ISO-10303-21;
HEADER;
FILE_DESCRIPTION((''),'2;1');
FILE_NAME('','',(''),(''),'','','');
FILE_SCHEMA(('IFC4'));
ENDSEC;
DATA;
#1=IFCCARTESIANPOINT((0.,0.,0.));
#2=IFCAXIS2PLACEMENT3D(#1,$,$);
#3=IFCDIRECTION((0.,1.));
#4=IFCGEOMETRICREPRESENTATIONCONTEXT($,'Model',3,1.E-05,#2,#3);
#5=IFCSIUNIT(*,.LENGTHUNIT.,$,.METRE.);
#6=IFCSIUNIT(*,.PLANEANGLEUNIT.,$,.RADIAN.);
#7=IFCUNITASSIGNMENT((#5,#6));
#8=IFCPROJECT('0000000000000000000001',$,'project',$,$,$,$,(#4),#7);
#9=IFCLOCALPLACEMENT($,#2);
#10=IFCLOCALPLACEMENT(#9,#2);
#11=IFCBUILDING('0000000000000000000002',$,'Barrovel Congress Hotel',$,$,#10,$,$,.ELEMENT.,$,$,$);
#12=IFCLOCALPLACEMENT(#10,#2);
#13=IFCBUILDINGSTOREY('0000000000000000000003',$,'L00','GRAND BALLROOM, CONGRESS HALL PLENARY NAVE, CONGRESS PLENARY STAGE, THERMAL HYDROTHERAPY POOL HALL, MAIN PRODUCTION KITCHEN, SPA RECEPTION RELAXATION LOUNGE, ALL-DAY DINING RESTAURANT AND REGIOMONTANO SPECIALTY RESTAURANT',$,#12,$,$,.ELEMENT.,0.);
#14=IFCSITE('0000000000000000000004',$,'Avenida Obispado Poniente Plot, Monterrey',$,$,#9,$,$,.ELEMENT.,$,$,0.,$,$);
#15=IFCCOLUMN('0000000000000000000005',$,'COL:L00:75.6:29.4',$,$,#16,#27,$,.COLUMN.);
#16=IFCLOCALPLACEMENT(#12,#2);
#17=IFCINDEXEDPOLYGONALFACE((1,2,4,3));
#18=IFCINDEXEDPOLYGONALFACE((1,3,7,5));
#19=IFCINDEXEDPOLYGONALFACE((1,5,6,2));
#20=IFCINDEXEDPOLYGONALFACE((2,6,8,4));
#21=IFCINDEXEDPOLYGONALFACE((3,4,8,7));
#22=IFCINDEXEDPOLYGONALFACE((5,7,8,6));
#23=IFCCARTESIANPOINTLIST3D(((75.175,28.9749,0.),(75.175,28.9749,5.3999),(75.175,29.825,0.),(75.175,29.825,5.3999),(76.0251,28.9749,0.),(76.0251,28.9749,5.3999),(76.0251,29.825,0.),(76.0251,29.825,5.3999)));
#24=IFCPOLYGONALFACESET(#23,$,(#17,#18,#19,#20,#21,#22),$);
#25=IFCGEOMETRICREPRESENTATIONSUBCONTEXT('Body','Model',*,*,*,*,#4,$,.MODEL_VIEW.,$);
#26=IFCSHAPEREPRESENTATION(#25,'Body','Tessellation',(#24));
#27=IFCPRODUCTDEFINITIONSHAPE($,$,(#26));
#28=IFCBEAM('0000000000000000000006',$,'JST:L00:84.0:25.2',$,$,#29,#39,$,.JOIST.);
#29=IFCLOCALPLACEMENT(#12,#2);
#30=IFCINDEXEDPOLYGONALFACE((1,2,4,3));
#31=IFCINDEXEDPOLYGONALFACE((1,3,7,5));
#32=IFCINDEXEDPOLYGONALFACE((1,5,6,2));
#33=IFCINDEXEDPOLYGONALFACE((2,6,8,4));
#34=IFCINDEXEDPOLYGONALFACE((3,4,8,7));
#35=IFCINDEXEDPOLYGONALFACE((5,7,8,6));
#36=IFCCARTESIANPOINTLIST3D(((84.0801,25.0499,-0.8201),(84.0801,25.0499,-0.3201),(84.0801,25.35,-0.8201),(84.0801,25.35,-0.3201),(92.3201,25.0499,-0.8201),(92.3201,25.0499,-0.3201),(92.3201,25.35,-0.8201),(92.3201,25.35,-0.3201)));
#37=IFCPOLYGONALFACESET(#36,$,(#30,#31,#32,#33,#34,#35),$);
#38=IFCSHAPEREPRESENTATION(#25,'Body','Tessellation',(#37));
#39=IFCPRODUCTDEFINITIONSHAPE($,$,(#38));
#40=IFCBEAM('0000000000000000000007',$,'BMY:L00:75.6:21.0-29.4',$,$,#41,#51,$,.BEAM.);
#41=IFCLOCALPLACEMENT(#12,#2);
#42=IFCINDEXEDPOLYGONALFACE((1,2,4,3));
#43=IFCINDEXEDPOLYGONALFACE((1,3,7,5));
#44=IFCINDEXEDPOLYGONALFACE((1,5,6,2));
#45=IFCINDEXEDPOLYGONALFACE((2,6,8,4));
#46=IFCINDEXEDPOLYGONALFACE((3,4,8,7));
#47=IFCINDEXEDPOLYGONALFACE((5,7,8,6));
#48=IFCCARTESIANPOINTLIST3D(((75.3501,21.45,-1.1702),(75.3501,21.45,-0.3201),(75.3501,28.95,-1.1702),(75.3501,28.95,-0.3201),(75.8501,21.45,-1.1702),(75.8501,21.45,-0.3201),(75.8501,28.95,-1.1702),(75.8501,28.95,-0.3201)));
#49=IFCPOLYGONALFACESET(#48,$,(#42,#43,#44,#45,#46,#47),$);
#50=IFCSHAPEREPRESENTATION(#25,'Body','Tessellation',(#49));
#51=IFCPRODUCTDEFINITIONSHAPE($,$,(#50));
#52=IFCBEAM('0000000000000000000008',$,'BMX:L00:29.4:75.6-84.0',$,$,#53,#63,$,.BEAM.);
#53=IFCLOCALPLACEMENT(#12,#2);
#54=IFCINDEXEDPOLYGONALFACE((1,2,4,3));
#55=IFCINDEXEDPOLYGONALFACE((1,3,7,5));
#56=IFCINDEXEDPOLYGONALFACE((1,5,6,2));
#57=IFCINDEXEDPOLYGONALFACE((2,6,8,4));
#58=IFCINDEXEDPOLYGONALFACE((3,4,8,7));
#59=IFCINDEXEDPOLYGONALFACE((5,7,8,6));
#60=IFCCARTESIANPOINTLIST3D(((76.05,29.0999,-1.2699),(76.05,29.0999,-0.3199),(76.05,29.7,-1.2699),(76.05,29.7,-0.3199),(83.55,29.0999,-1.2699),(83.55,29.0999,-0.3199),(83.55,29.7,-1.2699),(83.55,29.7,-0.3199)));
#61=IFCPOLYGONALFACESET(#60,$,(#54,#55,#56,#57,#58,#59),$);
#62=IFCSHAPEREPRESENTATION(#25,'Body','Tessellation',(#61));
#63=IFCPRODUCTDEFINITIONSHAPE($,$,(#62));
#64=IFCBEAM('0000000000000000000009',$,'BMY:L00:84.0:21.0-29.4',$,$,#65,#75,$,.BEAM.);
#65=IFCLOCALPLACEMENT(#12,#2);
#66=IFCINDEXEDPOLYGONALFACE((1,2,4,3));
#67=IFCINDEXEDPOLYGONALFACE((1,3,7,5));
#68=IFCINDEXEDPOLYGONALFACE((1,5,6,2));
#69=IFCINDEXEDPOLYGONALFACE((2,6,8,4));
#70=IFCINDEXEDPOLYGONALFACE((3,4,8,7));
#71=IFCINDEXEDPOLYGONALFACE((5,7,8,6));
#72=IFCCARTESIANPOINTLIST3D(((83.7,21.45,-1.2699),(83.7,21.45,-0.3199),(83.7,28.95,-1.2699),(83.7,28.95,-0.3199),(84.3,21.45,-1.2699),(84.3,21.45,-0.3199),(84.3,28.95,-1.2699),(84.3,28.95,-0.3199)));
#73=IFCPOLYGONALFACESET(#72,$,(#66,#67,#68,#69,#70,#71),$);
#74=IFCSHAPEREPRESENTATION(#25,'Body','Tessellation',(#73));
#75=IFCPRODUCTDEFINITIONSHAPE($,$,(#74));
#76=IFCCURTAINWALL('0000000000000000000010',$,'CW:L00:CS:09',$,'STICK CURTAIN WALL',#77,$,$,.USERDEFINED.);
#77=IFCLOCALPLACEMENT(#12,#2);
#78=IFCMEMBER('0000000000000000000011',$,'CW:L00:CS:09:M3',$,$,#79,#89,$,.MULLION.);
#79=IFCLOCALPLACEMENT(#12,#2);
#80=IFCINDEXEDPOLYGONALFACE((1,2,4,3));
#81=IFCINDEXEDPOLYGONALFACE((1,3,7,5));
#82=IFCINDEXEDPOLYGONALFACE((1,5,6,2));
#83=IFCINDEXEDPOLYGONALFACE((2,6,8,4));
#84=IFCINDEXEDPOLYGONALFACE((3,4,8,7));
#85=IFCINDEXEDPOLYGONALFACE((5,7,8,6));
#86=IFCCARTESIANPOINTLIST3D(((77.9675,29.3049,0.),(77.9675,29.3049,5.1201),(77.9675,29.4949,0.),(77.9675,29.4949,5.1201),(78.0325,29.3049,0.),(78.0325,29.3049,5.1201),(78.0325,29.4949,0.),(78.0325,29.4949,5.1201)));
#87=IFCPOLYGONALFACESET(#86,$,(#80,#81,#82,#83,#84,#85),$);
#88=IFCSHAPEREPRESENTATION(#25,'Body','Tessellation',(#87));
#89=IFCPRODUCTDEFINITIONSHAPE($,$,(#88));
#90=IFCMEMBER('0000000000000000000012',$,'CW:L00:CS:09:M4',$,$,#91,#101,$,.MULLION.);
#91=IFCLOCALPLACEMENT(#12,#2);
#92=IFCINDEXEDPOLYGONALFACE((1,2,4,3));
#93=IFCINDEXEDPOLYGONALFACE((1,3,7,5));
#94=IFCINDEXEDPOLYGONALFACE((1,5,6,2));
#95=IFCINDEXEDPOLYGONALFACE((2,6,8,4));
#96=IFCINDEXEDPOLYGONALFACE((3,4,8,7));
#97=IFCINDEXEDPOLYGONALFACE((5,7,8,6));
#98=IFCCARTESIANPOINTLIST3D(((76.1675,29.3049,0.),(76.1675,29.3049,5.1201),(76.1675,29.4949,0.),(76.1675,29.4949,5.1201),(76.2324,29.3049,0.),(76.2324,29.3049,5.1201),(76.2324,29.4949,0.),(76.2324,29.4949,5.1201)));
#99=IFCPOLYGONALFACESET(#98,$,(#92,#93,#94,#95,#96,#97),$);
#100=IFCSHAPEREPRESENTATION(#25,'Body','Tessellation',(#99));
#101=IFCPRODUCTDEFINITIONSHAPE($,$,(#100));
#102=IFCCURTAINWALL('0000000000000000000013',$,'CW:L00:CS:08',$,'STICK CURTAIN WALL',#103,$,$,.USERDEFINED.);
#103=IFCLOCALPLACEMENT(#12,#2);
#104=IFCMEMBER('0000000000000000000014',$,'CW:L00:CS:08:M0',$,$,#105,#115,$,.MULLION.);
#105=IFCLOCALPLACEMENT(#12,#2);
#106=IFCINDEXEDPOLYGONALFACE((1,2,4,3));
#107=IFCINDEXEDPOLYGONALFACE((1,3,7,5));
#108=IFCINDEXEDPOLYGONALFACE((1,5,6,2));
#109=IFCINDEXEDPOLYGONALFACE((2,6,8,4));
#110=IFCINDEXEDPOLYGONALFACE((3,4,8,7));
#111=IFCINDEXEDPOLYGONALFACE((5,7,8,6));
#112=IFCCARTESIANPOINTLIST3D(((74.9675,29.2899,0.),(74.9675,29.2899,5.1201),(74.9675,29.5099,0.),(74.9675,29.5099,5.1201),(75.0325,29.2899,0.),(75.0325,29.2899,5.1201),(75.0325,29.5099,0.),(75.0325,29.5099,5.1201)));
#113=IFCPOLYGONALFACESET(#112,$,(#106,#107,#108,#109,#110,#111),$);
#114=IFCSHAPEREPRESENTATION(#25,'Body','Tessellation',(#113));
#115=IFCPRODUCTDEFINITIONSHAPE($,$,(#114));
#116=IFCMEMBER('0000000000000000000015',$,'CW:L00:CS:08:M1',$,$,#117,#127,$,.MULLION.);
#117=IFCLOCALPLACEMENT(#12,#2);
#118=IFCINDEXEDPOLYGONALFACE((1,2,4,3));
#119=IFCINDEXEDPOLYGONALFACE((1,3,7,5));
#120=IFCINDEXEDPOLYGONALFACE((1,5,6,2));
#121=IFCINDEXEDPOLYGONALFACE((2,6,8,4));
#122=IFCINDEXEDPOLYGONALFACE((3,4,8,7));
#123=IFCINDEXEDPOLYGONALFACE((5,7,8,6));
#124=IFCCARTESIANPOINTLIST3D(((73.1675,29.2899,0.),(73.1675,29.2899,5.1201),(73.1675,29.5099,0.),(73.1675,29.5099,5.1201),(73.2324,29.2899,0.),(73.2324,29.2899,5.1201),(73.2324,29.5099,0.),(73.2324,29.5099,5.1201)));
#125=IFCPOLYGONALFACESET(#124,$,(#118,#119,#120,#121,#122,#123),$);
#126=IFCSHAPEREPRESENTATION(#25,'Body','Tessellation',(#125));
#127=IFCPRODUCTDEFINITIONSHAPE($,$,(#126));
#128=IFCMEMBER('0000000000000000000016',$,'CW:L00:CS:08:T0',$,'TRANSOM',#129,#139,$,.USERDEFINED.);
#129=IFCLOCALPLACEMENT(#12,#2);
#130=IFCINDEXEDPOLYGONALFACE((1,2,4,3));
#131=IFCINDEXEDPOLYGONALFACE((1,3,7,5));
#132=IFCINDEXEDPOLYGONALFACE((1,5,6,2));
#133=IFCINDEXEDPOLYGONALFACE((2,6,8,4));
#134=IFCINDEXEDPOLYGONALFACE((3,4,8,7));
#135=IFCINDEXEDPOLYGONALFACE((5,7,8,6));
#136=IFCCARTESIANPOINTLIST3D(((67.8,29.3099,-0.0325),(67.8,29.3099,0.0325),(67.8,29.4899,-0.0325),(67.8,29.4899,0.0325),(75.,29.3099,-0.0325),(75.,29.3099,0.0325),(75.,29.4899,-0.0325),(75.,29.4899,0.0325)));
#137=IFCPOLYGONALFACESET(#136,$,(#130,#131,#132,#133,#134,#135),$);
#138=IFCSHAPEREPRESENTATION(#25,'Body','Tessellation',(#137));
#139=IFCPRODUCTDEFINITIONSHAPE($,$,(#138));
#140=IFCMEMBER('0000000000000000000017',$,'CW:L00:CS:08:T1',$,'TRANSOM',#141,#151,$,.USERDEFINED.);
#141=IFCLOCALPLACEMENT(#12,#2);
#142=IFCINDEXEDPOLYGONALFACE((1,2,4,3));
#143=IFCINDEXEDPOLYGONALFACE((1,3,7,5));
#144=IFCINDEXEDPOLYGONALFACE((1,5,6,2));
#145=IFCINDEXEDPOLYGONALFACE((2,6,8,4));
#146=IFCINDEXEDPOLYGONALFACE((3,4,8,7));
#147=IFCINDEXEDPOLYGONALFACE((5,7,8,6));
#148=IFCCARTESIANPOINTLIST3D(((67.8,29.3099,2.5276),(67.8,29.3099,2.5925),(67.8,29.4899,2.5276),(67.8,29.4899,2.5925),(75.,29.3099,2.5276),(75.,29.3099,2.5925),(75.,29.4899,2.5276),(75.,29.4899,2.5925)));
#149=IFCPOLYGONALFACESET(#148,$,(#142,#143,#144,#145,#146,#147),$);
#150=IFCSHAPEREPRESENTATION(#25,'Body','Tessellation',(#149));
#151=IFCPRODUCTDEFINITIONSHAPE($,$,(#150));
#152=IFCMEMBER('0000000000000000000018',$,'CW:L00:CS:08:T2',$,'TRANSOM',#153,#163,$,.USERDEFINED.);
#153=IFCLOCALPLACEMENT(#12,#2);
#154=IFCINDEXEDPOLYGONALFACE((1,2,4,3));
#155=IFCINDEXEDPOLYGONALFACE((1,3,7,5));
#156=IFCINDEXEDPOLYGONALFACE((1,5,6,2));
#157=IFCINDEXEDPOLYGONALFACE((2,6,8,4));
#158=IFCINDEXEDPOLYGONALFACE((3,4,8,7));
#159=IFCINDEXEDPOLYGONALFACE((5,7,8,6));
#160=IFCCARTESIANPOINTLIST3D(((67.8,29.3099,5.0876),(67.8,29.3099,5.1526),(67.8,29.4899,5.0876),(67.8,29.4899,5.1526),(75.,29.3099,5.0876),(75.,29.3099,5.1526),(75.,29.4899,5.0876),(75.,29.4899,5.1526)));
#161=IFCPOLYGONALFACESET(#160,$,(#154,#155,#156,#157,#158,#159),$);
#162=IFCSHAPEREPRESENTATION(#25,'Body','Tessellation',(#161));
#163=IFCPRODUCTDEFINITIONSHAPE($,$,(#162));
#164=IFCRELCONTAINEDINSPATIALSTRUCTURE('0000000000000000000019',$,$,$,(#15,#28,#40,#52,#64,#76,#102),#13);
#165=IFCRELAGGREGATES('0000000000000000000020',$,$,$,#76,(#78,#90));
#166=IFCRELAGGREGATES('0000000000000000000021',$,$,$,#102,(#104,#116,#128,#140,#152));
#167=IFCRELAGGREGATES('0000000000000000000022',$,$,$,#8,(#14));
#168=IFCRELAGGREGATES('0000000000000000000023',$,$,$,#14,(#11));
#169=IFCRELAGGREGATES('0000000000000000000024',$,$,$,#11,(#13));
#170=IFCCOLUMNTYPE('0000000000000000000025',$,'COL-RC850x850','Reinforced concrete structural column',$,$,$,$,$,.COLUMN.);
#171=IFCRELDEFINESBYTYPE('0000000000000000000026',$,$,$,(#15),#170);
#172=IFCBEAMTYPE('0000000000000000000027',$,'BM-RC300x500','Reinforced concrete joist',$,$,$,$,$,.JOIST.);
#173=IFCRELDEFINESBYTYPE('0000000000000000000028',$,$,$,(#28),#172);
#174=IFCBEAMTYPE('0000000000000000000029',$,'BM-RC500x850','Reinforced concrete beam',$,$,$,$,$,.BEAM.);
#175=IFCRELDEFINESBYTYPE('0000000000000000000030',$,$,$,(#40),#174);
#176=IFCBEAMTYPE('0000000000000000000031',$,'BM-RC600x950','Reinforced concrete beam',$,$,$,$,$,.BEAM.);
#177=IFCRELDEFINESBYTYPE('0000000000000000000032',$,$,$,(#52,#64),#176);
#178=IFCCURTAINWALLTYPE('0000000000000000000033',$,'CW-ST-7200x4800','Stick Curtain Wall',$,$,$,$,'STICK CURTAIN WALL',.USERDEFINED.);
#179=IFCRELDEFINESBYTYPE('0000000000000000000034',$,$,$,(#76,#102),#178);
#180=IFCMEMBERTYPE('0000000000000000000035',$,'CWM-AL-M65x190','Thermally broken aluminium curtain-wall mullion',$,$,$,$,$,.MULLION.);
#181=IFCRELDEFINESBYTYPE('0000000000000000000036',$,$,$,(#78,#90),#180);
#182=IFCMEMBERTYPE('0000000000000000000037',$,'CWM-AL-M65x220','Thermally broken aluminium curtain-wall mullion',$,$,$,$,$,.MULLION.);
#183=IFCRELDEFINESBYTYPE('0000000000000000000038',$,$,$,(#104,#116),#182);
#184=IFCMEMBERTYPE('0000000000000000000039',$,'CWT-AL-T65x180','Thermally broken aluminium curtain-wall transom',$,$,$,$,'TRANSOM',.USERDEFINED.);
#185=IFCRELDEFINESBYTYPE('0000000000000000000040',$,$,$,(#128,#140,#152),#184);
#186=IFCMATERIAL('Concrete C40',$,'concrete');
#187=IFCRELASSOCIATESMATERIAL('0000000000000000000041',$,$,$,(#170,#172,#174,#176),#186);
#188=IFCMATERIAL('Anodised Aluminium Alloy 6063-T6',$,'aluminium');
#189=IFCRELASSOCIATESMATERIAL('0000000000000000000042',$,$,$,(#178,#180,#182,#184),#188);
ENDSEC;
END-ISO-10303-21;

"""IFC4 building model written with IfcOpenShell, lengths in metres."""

from ifc_helpers import new_model, si_unit, direction, frame, origin, origin_2d, place, context, subcontext, project, spatial, rectangle, extrude, material, material_profile, profile_set, type_object, element, aggregate, save


model = new_model("IFC4")

# Units and contexts
model_context = context("Model", 3, precision=1e-05, world=origin(), true_north=direction((0.0, 1.0)))
body_context = subcontext(model_context, "Body", "Model", "MODEL_VIEW")
ifc_project = project(units=[si_unit("LENGTHUNIT", "METRE"), si_unit("PLANEANGLEUNIT", "RADIAN")], contexts=[model_context])

# Site, building, storey
site_placement = place(None, origin())
site = spatial("IfcSite", under=ifc_project, at=site_placement, Name="Avenida Obispado Poniente Plot, Monterrey", CompositionType="ELEMENT", RefElevation=0.0)
building_placement = place(site_placement, origin())
building = spatial("IfcBuilding", under=site, at=building_placement, Name="Barrovel Congress Hotel", CompositionType="ELEMENT")
storey_placement = place(building_placement, origin())
storey = spatial("IfcBuildingStorey", under=building, at=storey_placement, Name="L00", Description="GRAND BALLROOM, CONGRESS HALL PLENARY NAVE, CONGRESS PLENARY STAGE, THERMAL HYDROTHERAPY POOL HALL, MAIN PRODUCTION KITCHEN, SPA RECEPTION RELAXATION LOUNGE, ALL-DAY DINING RESTAURANT AND REGIOMONTANO SPECIALTY RESTAURANT", CompositionType="ELEMENT", Elevation=0.0)

# Column
ifc_material_1 = material(Name="Concrete C40", Category="concrete")
ifc_material_profile_1 = material_profile(ifc_material_1, rectangle(XDim=0.8501, YDim=0.8501, at=origin_2d()), Name="RC850x850")
ifc_profile_set_1 = profile_set([ifc_material_profile_1], Name="Concrete C40")
column_type = type_object("IfcColumnType", Name="COL-RC850x850", Description="Reinforced concrete structural column", PredefinedType="COLUMN", material=ifc_profile_set_1)
column_placement = place(storey_placement, frame((75.6001, 29.3999, 0.0), z_axis=(0.0, 0.0, 1.0), x_axis=(1.0, 0.0, 0.0)))
element("IfcColumn", 1, at=column_placement, inside=storey, type_object=column_type, Name="COL:L00:75.6:29.4", PredefinedType="COLUMN", context=body_context, shape_type="SweptSolid", body=[
    extrude(rectangle(XDim=0.8501, YDim=0.8501, at=origin_2d()), origin(), (0.0, 0.0, 1.0), 5.3999),
])

# Beams
ifc_material_profile_2 = material_profile(ifc_material_1, rectangle(XDim=0.3, YDim=0.5, at=origin_2d()), Name="RC300x500")
ifc_profile_set_2 = profile_set([ifc_material_profile_2], Name="Concrete C40")
beam_type_1 = type_object("IfcBeamType", Name="BM-RC300x500", Description="Reinforced concrete joist", PredefinedType="JOIST", material=ifc_profile_set_2)
beam_1_placement = place(storey_placement, frame((84.0801, 25.2, -0.5701), z_axis=(1.0, 0.0, 0.0), x_axis=(0.0, 1.0, 0.0)))
element("IfcBeam", 2, at=beam_1_placement, inside=storey, type_object=beam_type_1, Name="JST:L00:84.0:25.2", PredefinedType="JOIST", context=body_context, shape_type="SweptSolid", body=[
    extrude(rectangle(XDim=0.3, YDim=0.5, at=origin_2d()), origin(), (0.0, 0.0, 1.0), 8.24),
])
ifc_material_profile_3 = material_profile(ifc_material_1, rectangle(XDim=0.5, YDim=0.8501, at=origin_2d()), Name="RC500x850")
ifc_profile_set_3 = profile_set([ifc_material_profile_3], Name="Concrete C40")
beam_type_2 = type_object("IfcBeamType", Name="BM-RC500x850", Description="Reinforced concrete beam", PredefinedType="BEAM", material=ifc_profile_set_3)
beam_2_placement = place(storey_placement, frame((75.6001, 21.45, -0.7451), z_axis=(0.0, 1.0, 0.0), x_axis=(-1.0, 0.0, 0.0)))
element("IfcBeam", 3, at=beam_2_placement, inside=storey, type_object=beam_type_2, Name="BMY:L00:75.6:21.0-29.4", PredefinedType="BEAM", context=body_context, shape_type="SweptSolid", body=[
    extrude(rectangle(XDim=0.5, YDim=0.8501, at=origin_2d()), origin(), (0.0, 0.0, 1.0), 7.5),
])
ifc_material_profile_4 = material_profile(ifc_material_1, rectangle(XDim=0.6001, YDim=0.95, at=origin_2d()), Name="RC600x950")
ifc_profile_set_4 = profile_set([ifc_material_profile_4], Name="Concrete C40")
beam_type_3 = type_object("IfcBeamType", Name="BM-RC600x950", Description="Reinforced concrete beam", PredefinedType="BEAM", material=ifc_profile_set_4)
for number, where, z_axis, x_axis, name in (
    (4, (76.05, 29.3999, -0.7949), (1.0, 0.0, 0.0), (0.0, 1.0, 0.0), "BMX:L00:29.4:75.6-84.0"),
    (5, (84.0, 21.45, -0.7949), (0.0, 1.0, 0.0), (-1.0, 0.0, 0.0), "BMY:L00:84.0:21.0-29.4"),
):
    element("IfcBeam", number, at=place(storey_placement, frame(where, z_axis=z_axis, x_axis=x_axis)), inside=storey, type_object=beam_type_3, Name=name, PredefinedType="BEAM", context=body_context, shape_type="SweptSolid", body=[
        extrude(rectangle(XDim=0.6001, YDim=0.95, at=origin_2d()), origin(), (0.0, 0.0, 1.0), 7.5),
    ])

# Curtain walls, members
ifc_material_2 = material(Name="Anodised Aluminium Alloy 6063-T6", Category="aluminium")
curtain_wall_type = type_object("IfcCurtainWallType", Name="CW-ST-7200x4800", Description="Stick Curtain Wall", ElementType="STICK CURTAIN WALL", PredefinedType="USERDEFINED", material=ifc_material_2)
curtain_wall_1_placement = place(storey_placement, origin())
curtain_wall_1 = element("IfcCurtainWall", 6, at=curtain_wall_1_placement, inside=storey, type_object=curtain_wall_type, Name="CW:L00:CS:09", ObjectType="STICK CURTAIN WALL", PredefinedType="USERDEFINED")
ifc_material_profile_5 = material_profile(ifc_material_2, rectangle(XDim=0.0649, YDim=0.1899, at=origin_2d()), Name="AL-M65x190")
ifc_profile_set_5 = profile_set([ifc_material_profile_5], Name="Anodised Aluminium Alloy 6063-T6")
member_type_1 = type_object("IfcMemberType", Name="CWM-AL-M65x190", Description="Thermally broken aluminium curtain-wall mullion", PredefinedType="MULLION", material=ifc_profile_set_5)
member_1_placement = place(storey_placement, frame((78.0, 29.3999, 0.0), z_axis=(0.0, 0.0, 1.0), x_axis=(1.0, 0.0, 0.0)))
member_1 = element("IfcMember", 7, at=member_1_placement, type_object=member_type_1, Name="CW:L00:CS:09:M3", PredefinedType="MULLION", context=body_context, shape_type="SweptSolid", body=[
    extrude(rectangle(XDim=0.0649, YDim=0.1899, at=origin_2d()), origin(), (0.0, 0.0, 1.0), 5.1201),
])
member_2_placement = place(storey_placement, frame((76.2, 29.3999, 0.0), z_axis=(0.0, 0.0, 1.0), x_axis=(1.0, 0.0, 0.0)))
member_2 = element("IfcMember", 8, at=member_2_placement, type_object=member_type_1, Name="CW:L00:CS:09:M4", PredefinedType="MULLION", context=body_context, shape_type="SweptSolid", body=[
    extrude(rectangle(XDim=0.0649, YDim=0.1899, at=origin_2d()), origin(), (0.0, 0.0, 1.0), 5.1201),
])
curtain_wall_2_placement = place(storey_placement, origin())
curtain_wall_2 = element("IfcCurtainWall", 9, at=curtain_wall_2_placement, inside=storey, type_object=curtain_wall_type, Name="CW:L00:CS:08", ObjectType="STICK CURTAIN WALL", PredefinedType="USERDEFINED")
ifc_material_profile_6 = material_profile(ifc_material_2, rectangle(XDim=0.0649, YDim=0.22, at=origin_2d()), Name="AL-M65x220")
ifc_profile_set_6 = profile_set([ifc_material_profile_6], Name="Anodised Aluminium Alloy 6063-T6")
member_type_2 = type_object("IfcMemberType", Name="CWM-AL-M65x220", Description="Thermally broken aluminium curtain-wall mullion", PredefinedType="MULLION", material=ifc_profile_set_6)
member_3_placement = place(storey_placement, frame((75.0, 29.3999, 0.0), z_axis=(0.0, 0.0, 1.0), x_axis=(1.0, 0.0, 0.0)))
member_3 = element("IfcMember", 10, at=member_3_placement, type_object=member_type_2, Name="CW:L00:CS:08:M0", PredefinedType="MULLION", context=body_context, shape_type="SweptSolid", body=[
    extrude(rectangle(XDim=0.0649, YDim=0.22, at=origin_2d()), origin(), (0.0, 0.0, 1.0), 5.1201),
])
member_4_placement = place(storey_placement, frame((73.2, 29.3999, 0.0), z_axis=(0.0, 0.0, 1.0), x_axis=(1.0, 0.0, 0.0)))
member_4 = element("IfcMember", 11, at=member_4_placement, type_object=member_type_2, Name="CW:L00:CS:08:M1", PredefinedType="MULLION", context=body_context, shape_type="SweptSolid", body=[
    extrude(rectangle(XDim=0.0649, YDim=0.22, at=origin_2d()), origin(), (0.0, 0.0, 1.0), 5.1201),
])
ifc_material_profile_7 = material_profile(ifc_material_2, rectangle(XDim=0.1799, YDim=0.0649, at=origin_2d()), Name="AL-T65x180")
ifc_profile_set_7 = profile_set([ifc_material_profile_7], Name="Anodised Aluminium Alloy 6063-T6")
member_type_3 = type_object("IfcMemberType", Name="CWT-AL-T65x180", Description="Thermally broken aluminium curtain-wall transom", ElementType="TRANSOM", PredefinedType="USERDEFINED", material=ifc_profile_set_7)
member_5_placement = place(storey_placement, frame((75.0, 29.3999, 0.0), z_axis=(-1.0, 0.0, 0.0), x_axis=(0.0, -1.0, 0.0)))
member_5 = element("IfcMember", 12, at=member_5_placement, type_object=member_type_3, Name="CW:L00:CS:08:T0", ObjectType="TRANSOM", PredefinedType="USERDEFINED", context=body_context, shape_type="SweptSolid", body=[
    extrude(rectangle(XDim=0.1799, YDim=0.0649, at=origin_2d()), origin(), (0.0, 0.0, 1.0), 7.2),
])
member_6_placement = place(storey_placement, frame((75.0, 29.3999, 2.5601), z_axis=(-1.0, 0.0, 0.0), x_axis=(0.0, -1.0, 0.0)))
member_6 = element("IfcMember", 13, at=member_6_placement, type_object=member_type_3, Name="CW:L00:CS:08:T1", ObjectType="TRANSOM", PredefinedType="USERDEFINED", context=body_context, shape_type="SweptSolid", body=[
    extrude(rectangle(XDim=0.1799, YDim=0.0649, at=origin_2d()), origin(), (0.0, 0.0, 1.0), 7.2),
])
member_7_placement = place(storey_placement, frame((75.0, 29.3999, 5.1201), z_axis=(-1.0, 0.0, 0.0), x_axis=(0.0, -1.0, 0.0)))
member_7 = element("IfcMember", 14, at=member_7_placement, type_object=member_type_3, Name="CW:L00:CS:08:T2", ObjectType="TRANSOM", PredefinedType="USERDEFINED", context=body_context, shape_type="SweptSolid", body=[
    extrude(rectangle(XDim=0.1799, YDim=0.0649, at=origin_2d()), origin(), (0.0, 0.0, 1.0), 7.2),
])

aggregate(curtain_wall_1, [member_1, member_2])
aggregate(curtain_wall_2, [member_3, member_4, member_5, member_6, member_7])

save(model, "model.ifc")
